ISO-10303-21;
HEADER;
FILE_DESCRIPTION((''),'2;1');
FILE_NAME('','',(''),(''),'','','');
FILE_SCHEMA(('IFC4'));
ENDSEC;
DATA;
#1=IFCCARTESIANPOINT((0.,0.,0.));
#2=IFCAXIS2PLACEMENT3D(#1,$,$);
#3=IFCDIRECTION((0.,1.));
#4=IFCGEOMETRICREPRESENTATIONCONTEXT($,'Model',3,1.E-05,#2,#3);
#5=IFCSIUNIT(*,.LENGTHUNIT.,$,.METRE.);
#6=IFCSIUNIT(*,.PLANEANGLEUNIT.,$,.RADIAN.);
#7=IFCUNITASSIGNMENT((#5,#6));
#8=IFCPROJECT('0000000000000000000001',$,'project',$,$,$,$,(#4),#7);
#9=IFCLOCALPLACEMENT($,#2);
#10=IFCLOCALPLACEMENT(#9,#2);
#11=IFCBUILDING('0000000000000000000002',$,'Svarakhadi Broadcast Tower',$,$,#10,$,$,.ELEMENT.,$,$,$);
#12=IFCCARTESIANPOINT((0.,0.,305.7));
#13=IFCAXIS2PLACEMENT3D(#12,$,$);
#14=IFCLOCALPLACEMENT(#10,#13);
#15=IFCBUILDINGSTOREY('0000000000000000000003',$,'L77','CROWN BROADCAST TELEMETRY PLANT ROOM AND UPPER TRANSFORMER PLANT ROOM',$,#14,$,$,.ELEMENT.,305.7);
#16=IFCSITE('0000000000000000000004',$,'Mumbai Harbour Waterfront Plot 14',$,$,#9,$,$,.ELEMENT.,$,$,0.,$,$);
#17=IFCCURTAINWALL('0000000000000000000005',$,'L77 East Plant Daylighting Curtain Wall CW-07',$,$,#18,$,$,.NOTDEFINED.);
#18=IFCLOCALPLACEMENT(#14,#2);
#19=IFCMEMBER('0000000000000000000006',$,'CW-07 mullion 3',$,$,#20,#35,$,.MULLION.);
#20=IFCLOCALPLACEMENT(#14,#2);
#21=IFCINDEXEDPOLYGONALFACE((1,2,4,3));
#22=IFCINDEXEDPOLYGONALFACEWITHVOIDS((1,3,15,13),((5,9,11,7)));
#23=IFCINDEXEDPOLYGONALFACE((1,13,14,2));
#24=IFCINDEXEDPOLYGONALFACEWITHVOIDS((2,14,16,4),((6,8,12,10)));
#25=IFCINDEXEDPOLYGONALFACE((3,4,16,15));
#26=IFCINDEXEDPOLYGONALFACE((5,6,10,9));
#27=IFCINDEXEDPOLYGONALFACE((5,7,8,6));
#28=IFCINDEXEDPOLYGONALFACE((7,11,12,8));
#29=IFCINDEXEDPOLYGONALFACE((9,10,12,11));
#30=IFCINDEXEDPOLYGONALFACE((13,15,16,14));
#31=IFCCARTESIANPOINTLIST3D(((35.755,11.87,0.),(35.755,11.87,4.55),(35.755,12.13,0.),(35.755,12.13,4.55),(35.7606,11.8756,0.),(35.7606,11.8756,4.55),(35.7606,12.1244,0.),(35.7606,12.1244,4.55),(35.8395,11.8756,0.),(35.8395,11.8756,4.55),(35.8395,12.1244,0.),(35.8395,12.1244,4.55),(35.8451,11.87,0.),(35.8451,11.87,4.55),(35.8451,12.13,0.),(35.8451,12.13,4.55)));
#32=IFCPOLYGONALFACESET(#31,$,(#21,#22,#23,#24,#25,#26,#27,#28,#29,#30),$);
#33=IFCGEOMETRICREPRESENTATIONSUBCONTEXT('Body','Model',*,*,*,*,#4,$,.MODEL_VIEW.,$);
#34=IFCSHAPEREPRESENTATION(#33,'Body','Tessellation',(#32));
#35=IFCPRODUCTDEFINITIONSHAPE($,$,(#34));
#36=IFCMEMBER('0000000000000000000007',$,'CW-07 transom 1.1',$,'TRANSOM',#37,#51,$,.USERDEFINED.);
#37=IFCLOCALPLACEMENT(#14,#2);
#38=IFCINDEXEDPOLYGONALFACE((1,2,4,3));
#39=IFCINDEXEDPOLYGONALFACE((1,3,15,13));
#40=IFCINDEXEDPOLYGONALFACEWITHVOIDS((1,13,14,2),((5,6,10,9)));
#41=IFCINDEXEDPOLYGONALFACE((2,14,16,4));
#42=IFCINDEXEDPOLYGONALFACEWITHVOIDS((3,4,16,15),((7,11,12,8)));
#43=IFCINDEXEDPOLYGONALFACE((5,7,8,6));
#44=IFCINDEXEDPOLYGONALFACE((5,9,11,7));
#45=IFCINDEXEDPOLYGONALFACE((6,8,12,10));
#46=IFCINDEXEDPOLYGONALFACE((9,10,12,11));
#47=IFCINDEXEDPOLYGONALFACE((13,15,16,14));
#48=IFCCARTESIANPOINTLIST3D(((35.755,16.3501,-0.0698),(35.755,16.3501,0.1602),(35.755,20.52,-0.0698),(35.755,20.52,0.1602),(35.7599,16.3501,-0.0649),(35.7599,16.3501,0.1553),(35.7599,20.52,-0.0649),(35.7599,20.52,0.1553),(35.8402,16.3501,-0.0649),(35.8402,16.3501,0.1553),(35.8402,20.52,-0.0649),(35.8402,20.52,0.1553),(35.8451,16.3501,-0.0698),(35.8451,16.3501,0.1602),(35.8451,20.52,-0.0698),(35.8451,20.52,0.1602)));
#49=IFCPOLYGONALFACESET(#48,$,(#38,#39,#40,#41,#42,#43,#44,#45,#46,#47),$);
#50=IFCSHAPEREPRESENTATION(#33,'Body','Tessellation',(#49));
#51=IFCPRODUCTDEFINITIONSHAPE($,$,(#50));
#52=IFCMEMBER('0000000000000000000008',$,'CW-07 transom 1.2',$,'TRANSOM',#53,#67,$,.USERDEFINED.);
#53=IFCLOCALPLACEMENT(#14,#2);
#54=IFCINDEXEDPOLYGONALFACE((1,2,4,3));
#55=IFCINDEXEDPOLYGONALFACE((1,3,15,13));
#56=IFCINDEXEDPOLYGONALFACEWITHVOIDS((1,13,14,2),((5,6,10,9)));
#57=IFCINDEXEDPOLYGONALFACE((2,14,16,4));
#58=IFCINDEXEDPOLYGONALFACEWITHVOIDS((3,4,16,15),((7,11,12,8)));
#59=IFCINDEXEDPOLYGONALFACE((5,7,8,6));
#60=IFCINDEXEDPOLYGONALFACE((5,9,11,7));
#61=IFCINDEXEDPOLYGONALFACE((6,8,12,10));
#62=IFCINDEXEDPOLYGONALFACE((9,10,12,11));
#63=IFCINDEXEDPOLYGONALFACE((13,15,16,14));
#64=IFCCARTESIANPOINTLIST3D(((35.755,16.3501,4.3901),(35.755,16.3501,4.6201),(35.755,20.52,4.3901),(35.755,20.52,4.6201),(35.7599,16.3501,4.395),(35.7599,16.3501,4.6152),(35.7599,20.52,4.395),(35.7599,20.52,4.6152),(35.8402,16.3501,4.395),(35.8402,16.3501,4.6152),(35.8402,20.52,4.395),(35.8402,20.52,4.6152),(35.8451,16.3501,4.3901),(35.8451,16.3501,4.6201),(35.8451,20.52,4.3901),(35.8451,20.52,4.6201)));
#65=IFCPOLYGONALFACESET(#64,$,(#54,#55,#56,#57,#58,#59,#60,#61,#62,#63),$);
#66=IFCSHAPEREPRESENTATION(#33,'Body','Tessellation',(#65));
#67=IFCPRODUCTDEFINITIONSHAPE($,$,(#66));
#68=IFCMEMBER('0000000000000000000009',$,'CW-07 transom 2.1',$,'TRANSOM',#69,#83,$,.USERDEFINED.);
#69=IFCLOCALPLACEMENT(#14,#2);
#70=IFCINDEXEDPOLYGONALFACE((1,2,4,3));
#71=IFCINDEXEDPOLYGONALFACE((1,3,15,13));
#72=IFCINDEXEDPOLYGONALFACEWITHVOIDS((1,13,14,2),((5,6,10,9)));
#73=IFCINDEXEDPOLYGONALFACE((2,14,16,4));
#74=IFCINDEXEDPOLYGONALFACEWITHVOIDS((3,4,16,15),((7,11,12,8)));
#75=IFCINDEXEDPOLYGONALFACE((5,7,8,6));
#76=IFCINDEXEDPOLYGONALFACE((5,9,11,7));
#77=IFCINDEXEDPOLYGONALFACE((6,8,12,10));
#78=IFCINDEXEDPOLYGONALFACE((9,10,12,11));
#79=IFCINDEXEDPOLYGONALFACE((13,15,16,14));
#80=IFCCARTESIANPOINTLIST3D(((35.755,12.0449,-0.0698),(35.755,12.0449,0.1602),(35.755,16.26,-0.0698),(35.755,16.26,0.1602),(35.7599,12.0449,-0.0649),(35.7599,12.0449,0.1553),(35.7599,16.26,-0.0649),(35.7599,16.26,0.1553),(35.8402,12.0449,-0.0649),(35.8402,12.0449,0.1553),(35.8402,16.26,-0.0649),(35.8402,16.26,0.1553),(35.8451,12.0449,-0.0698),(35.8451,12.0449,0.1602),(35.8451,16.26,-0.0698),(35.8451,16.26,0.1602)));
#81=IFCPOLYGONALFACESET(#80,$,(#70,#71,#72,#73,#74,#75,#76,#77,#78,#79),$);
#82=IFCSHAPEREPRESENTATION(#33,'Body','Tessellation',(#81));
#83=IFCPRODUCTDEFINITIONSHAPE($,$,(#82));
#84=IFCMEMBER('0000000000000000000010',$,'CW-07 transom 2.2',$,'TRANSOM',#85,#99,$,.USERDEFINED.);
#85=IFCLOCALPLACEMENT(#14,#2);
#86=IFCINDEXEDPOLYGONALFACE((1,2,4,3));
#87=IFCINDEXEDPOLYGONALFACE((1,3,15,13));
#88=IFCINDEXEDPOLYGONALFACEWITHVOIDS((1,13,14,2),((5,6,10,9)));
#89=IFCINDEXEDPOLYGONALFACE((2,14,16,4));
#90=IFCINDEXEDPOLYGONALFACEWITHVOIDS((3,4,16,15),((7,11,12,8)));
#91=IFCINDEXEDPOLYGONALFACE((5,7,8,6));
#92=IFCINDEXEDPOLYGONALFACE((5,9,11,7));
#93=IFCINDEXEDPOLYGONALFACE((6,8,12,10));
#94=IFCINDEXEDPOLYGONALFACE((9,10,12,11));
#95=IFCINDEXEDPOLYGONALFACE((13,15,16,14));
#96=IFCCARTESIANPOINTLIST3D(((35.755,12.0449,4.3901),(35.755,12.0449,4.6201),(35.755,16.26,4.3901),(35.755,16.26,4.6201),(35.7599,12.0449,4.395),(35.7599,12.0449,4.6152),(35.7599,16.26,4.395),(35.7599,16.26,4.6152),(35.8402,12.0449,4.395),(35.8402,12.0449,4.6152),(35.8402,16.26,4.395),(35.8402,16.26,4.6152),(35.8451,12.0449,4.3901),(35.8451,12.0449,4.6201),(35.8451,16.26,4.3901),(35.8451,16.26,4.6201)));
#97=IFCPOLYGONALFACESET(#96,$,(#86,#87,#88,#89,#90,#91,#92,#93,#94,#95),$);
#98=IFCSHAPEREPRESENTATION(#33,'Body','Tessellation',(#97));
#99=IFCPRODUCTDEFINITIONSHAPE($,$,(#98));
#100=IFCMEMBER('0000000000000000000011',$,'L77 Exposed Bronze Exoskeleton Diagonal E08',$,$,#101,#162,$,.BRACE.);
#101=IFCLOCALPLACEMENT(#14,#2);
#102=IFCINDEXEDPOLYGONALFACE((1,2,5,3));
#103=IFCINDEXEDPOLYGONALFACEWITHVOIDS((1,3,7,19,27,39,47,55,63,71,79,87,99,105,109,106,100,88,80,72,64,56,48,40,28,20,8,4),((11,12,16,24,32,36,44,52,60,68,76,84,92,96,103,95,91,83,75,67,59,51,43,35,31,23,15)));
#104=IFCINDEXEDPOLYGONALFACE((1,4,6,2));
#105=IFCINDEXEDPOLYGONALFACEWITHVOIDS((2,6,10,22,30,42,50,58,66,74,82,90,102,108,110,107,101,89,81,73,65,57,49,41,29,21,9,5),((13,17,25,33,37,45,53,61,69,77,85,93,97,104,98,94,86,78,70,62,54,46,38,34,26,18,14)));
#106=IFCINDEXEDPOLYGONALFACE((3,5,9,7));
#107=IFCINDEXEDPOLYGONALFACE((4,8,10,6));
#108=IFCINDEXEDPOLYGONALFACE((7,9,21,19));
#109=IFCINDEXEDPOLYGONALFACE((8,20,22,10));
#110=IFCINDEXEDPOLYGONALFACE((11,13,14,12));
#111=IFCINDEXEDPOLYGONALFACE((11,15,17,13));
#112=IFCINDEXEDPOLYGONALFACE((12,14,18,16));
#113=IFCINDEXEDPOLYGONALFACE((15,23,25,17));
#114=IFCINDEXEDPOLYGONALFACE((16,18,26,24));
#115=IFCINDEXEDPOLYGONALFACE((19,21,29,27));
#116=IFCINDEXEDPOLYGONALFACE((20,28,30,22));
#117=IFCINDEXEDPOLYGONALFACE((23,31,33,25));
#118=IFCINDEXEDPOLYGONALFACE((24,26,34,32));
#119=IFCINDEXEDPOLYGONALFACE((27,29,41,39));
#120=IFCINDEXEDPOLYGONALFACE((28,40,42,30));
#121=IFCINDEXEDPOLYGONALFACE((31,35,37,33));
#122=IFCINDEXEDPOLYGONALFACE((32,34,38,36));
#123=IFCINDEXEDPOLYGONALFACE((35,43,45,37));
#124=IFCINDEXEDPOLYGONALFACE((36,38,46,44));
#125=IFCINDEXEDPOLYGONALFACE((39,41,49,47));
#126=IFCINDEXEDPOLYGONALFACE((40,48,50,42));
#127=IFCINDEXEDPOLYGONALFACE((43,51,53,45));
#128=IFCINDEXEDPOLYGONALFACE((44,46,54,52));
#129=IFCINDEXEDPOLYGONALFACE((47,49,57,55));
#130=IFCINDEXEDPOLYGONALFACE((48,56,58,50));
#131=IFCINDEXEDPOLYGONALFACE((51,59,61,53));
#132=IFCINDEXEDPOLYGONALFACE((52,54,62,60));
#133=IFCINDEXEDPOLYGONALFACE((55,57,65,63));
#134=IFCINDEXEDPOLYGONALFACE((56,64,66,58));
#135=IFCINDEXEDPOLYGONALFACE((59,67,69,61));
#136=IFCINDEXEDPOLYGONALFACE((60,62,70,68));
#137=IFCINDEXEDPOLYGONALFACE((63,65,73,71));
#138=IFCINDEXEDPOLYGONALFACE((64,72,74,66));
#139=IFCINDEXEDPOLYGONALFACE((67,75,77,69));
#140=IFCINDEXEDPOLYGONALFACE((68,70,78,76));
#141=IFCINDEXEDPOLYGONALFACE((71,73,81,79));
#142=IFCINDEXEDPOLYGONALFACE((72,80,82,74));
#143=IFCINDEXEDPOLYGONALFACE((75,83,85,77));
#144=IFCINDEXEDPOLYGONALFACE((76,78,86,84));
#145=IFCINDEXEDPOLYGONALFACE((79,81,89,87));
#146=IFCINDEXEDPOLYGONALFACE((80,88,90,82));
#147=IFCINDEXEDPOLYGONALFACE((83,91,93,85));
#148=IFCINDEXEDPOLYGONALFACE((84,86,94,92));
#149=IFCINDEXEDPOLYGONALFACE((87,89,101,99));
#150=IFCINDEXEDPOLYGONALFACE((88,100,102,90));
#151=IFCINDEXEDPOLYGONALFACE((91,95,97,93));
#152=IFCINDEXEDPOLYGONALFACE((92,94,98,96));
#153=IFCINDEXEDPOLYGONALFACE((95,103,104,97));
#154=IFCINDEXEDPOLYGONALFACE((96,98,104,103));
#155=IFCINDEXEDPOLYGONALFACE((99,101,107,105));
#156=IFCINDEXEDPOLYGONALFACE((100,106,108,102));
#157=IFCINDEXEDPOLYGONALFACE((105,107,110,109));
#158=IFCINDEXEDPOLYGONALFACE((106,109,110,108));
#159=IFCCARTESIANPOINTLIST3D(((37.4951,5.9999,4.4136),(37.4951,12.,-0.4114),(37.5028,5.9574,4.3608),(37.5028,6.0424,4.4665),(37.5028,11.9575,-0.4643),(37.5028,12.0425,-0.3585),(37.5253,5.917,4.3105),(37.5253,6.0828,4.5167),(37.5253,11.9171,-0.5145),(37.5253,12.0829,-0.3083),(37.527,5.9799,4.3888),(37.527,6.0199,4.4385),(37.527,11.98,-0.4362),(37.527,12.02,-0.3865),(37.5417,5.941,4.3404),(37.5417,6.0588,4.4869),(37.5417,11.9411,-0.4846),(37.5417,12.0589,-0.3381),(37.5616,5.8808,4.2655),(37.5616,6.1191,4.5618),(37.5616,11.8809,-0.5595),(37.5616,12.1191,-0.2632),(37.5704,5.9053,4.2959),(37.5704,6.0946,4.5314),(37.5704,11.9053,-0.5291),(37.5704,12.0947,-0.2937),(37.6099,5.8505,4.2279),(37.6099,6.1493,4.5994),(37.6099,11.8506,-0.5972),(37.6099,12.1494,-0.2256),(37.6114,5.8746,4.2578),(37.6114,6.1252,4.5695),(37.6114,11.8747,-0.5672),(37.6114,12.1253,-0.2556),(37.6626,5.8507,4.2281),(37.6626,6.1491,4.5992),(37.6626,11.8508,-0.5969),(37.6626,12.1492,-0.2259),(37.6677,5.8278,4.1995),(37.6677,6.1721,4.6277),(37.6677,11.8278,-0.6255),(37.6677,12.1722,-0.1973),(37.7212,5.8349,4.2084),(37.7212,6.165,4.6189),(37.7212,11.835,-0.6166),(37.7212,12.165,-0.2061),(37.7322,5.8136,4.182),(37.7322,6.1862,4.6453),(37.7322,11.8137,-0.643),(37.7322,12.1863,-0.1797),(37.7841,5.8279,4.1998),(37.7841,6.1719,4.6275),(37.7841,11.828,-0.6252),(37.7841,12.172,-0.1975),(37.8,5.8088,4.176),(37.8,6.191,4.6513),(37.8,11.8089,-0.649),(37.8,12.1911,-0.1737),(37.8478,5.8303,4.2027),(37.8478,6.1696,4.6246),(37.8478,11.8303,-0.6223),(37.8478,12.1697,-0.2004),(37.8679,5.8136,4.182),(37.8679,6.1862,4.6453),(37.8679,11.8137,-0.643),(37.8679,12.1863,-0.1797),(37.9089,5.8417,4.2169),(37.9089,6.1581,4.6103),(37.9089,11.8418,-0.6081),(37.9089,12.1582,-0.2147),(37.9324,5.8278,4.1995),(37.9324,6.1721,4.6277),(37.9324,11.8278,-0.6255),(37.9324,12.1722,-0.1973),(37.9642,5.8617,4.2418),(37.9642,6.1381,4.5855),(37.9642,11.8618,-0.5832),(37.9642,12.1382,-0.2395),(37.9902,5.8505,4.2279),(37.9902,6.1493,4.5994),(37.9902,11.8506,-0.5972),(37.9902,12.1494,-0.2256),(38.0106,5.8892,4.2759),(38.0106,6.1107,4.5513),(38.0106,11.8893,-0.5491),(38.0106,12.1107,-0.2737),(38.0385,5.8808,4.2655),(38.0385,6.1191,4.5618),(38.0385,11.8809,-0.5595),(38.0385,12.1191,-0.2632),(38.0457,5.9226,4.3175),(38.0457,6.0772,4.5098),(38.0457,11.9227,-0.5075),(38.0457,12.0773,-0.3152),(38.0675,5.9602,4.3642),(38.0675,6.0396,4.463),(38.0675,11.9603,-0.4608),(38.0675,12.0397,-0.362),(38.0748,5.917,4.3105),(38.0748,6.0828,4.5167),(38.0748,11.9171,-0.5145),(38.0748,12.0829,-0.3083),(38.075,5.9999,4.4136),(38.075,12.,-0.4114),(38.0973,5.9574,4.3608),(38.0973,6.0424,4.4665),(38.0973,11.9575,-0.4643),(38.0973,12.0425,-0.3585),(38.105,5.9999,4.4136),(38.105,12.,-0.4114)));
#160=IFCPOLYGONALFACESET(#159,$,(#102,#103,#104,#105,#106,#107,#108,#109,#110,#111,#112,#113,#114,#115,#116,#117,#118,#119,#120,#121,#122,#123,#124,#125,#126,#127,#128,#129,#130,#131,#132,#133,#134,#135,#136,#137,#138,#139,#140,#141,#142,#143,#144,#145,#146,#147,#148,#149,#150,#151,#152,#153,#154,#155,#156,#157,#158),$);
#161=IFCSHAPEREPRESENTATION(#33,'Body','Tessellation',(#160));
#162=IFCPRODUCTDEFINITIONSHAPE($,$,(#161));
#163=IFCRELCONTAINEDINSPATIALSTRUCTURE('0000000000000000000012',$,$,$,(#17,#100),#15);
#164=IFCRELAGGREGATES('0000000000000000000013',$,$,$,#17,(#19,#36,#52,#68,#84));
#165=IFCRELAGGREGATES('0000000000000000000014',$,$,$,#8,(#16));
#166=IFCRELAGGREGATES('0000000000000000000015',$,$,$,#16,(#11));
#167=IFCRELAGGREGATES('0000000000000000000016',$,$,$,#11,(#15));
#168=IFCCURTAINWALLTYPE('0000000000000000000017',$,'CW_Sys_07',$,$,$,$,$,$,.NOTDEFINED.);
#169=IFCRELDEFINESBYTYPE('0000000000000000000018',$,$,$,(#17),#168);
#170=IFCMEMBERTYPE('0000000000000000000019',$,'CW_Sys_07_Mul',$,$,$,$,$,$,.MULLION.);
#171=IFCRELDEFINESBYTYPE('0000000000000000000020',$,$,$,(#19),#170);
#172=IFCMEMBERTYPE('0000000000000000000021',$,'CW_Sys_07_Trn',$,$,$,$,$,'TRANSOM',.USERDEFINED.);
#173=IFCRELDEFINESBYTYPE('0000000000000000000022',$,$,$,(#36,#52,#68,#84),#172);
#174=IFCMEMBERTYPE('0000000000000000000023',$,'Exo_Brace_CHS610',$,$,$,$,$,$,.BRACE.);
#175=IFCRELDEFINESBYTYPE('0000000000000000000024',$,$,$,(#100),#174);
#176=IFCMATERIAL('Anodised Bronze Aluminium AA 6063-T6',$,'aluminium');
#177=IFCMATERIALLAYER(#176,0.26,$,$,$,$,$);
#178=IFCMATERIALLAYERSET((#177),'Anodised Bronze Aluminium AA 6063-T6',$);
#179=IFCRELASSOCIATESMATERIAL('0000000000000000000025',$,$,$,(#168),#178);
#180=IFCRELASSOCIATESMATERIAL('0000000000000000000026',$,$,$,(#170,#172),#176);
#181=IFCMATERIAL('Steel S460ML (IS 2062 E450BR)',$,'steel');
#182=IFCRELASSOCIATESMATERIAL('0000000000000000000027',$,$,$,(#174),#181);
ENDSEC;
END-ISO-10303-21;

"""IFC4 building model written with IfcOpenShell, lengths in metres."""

from ifc_helpers import new_model, si_unit, direction, frame, origin, origin_2d, place, context, subcontext, project, spatial, hollow_rectangle, hollow_circle, extrude, material, layer, layer_set, material_profile, profile_set, type_object, element, aggregate, save


model = new_model("IFC4")

# Units and contexts
model_context = context("Model", 3, precision=1e-05, world=origin(), true_north=direction((0.0, 1.0)))
body_context = subcontext(model_context, "Body", "Model", "MODEL_VIEW")
ifc_project = project(units=[si_unit("LENGTHUNIT", "METRE"), si_unit("PLANEANGLEUNIT", "RADIAN")], contexts=[model_context])

# Site, building, storey
site_placement = place(None, origin())
site = spatial("IfcSite", under=ifc_project, at=site_placement, Name="Mumbai Harbour Waterfront Plot 14", CompositionType="ELEMENT", RefElevation=0.0)
building_placement = place(site_placement, origin())
building = spatial("IfcBuilding", under=site, at=building_placement, Name="Svarakhadi Broadcast Tower", CompositionType="ELEMENT")
storey_placement = place(building_placement, frame((0.0, 0.0, 305.7)))
storey = spatial("IfcBuildingStorey", under=building, at=storey_placement, Name="L77", Description="CROWN BROADCAST TELEMETRY PLANT ROOM AND UPPER TRANSFORMER PLANT ROOM", CompositionType="ELEMENT", Elevation=305.7)

# Shared definitions
ifc_material_1 = material(Name="Steel S460ML (IS 2062 E450BR)", Category="steel")

# Curtain wall, members
ifc_material_2 = material(Name="Anodised Bronze Aluminium AA 6063-T6", Category="aluminium")
ifc_layer_1 = layer(ifc_material_2, 0.26)
ifc_layer_set_1 = layer_set([ifc_layer_1], Name="Anodised Bronze Aluminium AA 6063-T6")
curtain_wall_type = type_object("IfcCurtainWallType", Name="CW_Sys_07", PredefinedType="NOTDEFINED", material=ifc_layer_set_1)
curtain_wall_placement = place(storey_placement, origin())
curtain_wall = element("IfcCurtainWall", 1, at=curtain_wall_placement, inside=storey, type_object=curtain_wall_type, Name="L77 East Plant Daylighting Curtain Wall CW-07", PredefinedType="NOTDEFINED")
ifc_material_profile_1 = material_profile(ifc_material_2, hollow_rectangle(XDim=0.0901, YDim=0.26, WallThickness=0.0056, at=origin_2d()), Name="ALU MULLION 260x90x6")
ifc_profile_set_1 = profile_set([ifc_material_profile_1], Name="Anodised Bronze Aluminium AA 6063-T6")
member_type_1 = type_object("IfcMemberType", Name="CW_Sys_07_Mul", PredefinedType="MULLION", material=ifc_profile_set_1)
member_1_placement = place(storey_placement, frame((35.8, 12.0, 0.0), z_axis=(0.0, 0.0, 1.0), x_axis=(1.0, 0.0, 0.0)))
member_1 = element("IfcMember", 2, at=member_1_placement, type_object=member_type_1, Name="CW-07 mullion 3", PredefinedType="MULLION", context=body_context, shape_type="SweptSolid", body=[
    extrude(hollow_rectangle(XDim=0.0901, YDim=0.26, WallThickness=0.0056, at=origin_2d()), origin(), (0.0, 0.0, 1.0), 4.55),
])
ifc_material_profile_2 = material_profile(ifc_material_2, hollow_rectangle(XDim=0.0901, YDim=0.23, WallThickness=0.0049, at=origin_2d()), Name="ALU TRANSOM 230x90x5")
ifc_profile_set_2 = profile_set([ifc_material_profile_2], Name="Anodised Bronze Aluminium AA 6063-T6")
member_type_2 = type_object("IfcMemberType", Name="CW_Sys_07_Trn", ElementType="TRANSOM", PredefinedType="USERDEFINED", material=ifc_profile_set_2)
member_2_placement = place(storey_placement, frame((35.8, 20.52, 0.0452), z_axis=(0.0, -1.0, 0.0), x_axis=(1.0, 0.0, 0.0)))
member_2 = element("IfcMember", 3, at=member_2_placement, type_object=member_type_2, Name="CW-07 transom 1.1", ObjectType="TRANSOM", PredefinedType="USERDEFINED", context=body_context, shape_type="SweptSolid", body=[
    extrude(hollow_rectangle(XDim=0.0901, YDim=0.23, WallThickness=0.0049, at=origin_2d()), origin(), (0.0, 0.0, 1.0), 4.1699),
])
member_3_placement = place(storey_placement, frame((35.8, 20.52, 4.5051), z_axis=(0.0, -1.0, 0.0), x_axis=(1.0, 0.0, 0.0)))
member_3 = element("IfcMember", 4, at=member_3_placement, type_object=member_type_2, Name="CW-07 transom 1.2", ObjectType="TRANSOM", PredefinedType="USERDEFINED", context=body_context, shape_type="SweptSolid", body=[
    extrude(hollow_rectangle(XDim=0.0901, YDim=0.23, WallThickness=0.0049, at=origin_2d()), origin(), (0.0, 0.0, 1.0), 4.1699),
])
member_4_placement = place(storey_placement, frame((35.8, 16.26, 0.0452), z_axis=(0.0, -1.0, 0.0), x_axis=(1.0, 0.0, 0.0)))
member_4 = element("IfcMember", 5, at=member_4_placement, type_object=member_type_2, Name="CW-07 transom 2.1", ObjectType="TRANSOM", PredefinedType="USERDEFINED", context=body_context, shape_type="SweptSolid", body=[
    extrude(hollow_rectangle(XDim=0.0901, YDim=0.23, WallThickness=0.0049, at=origin_2d()), origin(), (0.0, 0.0, 1.0), 4.2151),
])
member_5_placement = place(storey_placement, frame((35.8, 16.26, 4.5051), z_axis=(0.0, -1.0, 0.0), x_axis=(1.0, 0.0, 0.0)))
member_5 = element("IfcMember", 6, at=member_5_placement, type_object=member_type_2, Name="CW-07 transom 2.2", ObjectType="TRANSOM", PredefinedType="USERDEFINED", context=body_context, shape_type="SweptSolid", body=[
    extrude(hollow_rectangle(XDim=0.0901, YDim=0.23, WallThickness=0.0049, at=origin_2d()), origin(), (0.0, 0.0, 1.0), 4.2151),
])

# Member
ifc_material_profile_3 = material_profile(ifc_material_1, hollow_circle(Radius=0.3049, WallThickness=0.03, at=origin_2d()), Name="CHS 610x30")
ifc_profile_set_3 = profile_set([ifc_material_profile_3], Name="Steel S460ML (IS 2062 E450BR)")
member_type_3 = type_object("IfcMemberType", Name="Exo_Brace_CHS610", PredefinedType="BRACE", material=ifc_profile_set_3)
for number, where, z_axis, x_axis, name in (
    (7, (37.8, 12.0, -0.4114), (0.0, -0.779285, 0.626669), (1.0, 0.0, 0.0), "L77 Exposed Bronze Exoskeleton Diagonal E08"),
):
    element("IfcMember", number, at=place(storey_placement, frame(where, z_axis=z_axis, x_axis=x_axis)), inside=storey, type_object=member_type_3, Name=name, PredefinedType="BRACE", context=body_context, shape_type="SweptSolid", body=[
        extrude(hollow_circle(Radius=0.3049, WallThickness=0.03, at=origin_2d()), origin(), (0.0, 0.0, 1.0), 7.6995),
    ])

aggregate(curtain_wall, [member_1, member_2, member_3, member_4, member_5])

save(model, "model.ifc")
